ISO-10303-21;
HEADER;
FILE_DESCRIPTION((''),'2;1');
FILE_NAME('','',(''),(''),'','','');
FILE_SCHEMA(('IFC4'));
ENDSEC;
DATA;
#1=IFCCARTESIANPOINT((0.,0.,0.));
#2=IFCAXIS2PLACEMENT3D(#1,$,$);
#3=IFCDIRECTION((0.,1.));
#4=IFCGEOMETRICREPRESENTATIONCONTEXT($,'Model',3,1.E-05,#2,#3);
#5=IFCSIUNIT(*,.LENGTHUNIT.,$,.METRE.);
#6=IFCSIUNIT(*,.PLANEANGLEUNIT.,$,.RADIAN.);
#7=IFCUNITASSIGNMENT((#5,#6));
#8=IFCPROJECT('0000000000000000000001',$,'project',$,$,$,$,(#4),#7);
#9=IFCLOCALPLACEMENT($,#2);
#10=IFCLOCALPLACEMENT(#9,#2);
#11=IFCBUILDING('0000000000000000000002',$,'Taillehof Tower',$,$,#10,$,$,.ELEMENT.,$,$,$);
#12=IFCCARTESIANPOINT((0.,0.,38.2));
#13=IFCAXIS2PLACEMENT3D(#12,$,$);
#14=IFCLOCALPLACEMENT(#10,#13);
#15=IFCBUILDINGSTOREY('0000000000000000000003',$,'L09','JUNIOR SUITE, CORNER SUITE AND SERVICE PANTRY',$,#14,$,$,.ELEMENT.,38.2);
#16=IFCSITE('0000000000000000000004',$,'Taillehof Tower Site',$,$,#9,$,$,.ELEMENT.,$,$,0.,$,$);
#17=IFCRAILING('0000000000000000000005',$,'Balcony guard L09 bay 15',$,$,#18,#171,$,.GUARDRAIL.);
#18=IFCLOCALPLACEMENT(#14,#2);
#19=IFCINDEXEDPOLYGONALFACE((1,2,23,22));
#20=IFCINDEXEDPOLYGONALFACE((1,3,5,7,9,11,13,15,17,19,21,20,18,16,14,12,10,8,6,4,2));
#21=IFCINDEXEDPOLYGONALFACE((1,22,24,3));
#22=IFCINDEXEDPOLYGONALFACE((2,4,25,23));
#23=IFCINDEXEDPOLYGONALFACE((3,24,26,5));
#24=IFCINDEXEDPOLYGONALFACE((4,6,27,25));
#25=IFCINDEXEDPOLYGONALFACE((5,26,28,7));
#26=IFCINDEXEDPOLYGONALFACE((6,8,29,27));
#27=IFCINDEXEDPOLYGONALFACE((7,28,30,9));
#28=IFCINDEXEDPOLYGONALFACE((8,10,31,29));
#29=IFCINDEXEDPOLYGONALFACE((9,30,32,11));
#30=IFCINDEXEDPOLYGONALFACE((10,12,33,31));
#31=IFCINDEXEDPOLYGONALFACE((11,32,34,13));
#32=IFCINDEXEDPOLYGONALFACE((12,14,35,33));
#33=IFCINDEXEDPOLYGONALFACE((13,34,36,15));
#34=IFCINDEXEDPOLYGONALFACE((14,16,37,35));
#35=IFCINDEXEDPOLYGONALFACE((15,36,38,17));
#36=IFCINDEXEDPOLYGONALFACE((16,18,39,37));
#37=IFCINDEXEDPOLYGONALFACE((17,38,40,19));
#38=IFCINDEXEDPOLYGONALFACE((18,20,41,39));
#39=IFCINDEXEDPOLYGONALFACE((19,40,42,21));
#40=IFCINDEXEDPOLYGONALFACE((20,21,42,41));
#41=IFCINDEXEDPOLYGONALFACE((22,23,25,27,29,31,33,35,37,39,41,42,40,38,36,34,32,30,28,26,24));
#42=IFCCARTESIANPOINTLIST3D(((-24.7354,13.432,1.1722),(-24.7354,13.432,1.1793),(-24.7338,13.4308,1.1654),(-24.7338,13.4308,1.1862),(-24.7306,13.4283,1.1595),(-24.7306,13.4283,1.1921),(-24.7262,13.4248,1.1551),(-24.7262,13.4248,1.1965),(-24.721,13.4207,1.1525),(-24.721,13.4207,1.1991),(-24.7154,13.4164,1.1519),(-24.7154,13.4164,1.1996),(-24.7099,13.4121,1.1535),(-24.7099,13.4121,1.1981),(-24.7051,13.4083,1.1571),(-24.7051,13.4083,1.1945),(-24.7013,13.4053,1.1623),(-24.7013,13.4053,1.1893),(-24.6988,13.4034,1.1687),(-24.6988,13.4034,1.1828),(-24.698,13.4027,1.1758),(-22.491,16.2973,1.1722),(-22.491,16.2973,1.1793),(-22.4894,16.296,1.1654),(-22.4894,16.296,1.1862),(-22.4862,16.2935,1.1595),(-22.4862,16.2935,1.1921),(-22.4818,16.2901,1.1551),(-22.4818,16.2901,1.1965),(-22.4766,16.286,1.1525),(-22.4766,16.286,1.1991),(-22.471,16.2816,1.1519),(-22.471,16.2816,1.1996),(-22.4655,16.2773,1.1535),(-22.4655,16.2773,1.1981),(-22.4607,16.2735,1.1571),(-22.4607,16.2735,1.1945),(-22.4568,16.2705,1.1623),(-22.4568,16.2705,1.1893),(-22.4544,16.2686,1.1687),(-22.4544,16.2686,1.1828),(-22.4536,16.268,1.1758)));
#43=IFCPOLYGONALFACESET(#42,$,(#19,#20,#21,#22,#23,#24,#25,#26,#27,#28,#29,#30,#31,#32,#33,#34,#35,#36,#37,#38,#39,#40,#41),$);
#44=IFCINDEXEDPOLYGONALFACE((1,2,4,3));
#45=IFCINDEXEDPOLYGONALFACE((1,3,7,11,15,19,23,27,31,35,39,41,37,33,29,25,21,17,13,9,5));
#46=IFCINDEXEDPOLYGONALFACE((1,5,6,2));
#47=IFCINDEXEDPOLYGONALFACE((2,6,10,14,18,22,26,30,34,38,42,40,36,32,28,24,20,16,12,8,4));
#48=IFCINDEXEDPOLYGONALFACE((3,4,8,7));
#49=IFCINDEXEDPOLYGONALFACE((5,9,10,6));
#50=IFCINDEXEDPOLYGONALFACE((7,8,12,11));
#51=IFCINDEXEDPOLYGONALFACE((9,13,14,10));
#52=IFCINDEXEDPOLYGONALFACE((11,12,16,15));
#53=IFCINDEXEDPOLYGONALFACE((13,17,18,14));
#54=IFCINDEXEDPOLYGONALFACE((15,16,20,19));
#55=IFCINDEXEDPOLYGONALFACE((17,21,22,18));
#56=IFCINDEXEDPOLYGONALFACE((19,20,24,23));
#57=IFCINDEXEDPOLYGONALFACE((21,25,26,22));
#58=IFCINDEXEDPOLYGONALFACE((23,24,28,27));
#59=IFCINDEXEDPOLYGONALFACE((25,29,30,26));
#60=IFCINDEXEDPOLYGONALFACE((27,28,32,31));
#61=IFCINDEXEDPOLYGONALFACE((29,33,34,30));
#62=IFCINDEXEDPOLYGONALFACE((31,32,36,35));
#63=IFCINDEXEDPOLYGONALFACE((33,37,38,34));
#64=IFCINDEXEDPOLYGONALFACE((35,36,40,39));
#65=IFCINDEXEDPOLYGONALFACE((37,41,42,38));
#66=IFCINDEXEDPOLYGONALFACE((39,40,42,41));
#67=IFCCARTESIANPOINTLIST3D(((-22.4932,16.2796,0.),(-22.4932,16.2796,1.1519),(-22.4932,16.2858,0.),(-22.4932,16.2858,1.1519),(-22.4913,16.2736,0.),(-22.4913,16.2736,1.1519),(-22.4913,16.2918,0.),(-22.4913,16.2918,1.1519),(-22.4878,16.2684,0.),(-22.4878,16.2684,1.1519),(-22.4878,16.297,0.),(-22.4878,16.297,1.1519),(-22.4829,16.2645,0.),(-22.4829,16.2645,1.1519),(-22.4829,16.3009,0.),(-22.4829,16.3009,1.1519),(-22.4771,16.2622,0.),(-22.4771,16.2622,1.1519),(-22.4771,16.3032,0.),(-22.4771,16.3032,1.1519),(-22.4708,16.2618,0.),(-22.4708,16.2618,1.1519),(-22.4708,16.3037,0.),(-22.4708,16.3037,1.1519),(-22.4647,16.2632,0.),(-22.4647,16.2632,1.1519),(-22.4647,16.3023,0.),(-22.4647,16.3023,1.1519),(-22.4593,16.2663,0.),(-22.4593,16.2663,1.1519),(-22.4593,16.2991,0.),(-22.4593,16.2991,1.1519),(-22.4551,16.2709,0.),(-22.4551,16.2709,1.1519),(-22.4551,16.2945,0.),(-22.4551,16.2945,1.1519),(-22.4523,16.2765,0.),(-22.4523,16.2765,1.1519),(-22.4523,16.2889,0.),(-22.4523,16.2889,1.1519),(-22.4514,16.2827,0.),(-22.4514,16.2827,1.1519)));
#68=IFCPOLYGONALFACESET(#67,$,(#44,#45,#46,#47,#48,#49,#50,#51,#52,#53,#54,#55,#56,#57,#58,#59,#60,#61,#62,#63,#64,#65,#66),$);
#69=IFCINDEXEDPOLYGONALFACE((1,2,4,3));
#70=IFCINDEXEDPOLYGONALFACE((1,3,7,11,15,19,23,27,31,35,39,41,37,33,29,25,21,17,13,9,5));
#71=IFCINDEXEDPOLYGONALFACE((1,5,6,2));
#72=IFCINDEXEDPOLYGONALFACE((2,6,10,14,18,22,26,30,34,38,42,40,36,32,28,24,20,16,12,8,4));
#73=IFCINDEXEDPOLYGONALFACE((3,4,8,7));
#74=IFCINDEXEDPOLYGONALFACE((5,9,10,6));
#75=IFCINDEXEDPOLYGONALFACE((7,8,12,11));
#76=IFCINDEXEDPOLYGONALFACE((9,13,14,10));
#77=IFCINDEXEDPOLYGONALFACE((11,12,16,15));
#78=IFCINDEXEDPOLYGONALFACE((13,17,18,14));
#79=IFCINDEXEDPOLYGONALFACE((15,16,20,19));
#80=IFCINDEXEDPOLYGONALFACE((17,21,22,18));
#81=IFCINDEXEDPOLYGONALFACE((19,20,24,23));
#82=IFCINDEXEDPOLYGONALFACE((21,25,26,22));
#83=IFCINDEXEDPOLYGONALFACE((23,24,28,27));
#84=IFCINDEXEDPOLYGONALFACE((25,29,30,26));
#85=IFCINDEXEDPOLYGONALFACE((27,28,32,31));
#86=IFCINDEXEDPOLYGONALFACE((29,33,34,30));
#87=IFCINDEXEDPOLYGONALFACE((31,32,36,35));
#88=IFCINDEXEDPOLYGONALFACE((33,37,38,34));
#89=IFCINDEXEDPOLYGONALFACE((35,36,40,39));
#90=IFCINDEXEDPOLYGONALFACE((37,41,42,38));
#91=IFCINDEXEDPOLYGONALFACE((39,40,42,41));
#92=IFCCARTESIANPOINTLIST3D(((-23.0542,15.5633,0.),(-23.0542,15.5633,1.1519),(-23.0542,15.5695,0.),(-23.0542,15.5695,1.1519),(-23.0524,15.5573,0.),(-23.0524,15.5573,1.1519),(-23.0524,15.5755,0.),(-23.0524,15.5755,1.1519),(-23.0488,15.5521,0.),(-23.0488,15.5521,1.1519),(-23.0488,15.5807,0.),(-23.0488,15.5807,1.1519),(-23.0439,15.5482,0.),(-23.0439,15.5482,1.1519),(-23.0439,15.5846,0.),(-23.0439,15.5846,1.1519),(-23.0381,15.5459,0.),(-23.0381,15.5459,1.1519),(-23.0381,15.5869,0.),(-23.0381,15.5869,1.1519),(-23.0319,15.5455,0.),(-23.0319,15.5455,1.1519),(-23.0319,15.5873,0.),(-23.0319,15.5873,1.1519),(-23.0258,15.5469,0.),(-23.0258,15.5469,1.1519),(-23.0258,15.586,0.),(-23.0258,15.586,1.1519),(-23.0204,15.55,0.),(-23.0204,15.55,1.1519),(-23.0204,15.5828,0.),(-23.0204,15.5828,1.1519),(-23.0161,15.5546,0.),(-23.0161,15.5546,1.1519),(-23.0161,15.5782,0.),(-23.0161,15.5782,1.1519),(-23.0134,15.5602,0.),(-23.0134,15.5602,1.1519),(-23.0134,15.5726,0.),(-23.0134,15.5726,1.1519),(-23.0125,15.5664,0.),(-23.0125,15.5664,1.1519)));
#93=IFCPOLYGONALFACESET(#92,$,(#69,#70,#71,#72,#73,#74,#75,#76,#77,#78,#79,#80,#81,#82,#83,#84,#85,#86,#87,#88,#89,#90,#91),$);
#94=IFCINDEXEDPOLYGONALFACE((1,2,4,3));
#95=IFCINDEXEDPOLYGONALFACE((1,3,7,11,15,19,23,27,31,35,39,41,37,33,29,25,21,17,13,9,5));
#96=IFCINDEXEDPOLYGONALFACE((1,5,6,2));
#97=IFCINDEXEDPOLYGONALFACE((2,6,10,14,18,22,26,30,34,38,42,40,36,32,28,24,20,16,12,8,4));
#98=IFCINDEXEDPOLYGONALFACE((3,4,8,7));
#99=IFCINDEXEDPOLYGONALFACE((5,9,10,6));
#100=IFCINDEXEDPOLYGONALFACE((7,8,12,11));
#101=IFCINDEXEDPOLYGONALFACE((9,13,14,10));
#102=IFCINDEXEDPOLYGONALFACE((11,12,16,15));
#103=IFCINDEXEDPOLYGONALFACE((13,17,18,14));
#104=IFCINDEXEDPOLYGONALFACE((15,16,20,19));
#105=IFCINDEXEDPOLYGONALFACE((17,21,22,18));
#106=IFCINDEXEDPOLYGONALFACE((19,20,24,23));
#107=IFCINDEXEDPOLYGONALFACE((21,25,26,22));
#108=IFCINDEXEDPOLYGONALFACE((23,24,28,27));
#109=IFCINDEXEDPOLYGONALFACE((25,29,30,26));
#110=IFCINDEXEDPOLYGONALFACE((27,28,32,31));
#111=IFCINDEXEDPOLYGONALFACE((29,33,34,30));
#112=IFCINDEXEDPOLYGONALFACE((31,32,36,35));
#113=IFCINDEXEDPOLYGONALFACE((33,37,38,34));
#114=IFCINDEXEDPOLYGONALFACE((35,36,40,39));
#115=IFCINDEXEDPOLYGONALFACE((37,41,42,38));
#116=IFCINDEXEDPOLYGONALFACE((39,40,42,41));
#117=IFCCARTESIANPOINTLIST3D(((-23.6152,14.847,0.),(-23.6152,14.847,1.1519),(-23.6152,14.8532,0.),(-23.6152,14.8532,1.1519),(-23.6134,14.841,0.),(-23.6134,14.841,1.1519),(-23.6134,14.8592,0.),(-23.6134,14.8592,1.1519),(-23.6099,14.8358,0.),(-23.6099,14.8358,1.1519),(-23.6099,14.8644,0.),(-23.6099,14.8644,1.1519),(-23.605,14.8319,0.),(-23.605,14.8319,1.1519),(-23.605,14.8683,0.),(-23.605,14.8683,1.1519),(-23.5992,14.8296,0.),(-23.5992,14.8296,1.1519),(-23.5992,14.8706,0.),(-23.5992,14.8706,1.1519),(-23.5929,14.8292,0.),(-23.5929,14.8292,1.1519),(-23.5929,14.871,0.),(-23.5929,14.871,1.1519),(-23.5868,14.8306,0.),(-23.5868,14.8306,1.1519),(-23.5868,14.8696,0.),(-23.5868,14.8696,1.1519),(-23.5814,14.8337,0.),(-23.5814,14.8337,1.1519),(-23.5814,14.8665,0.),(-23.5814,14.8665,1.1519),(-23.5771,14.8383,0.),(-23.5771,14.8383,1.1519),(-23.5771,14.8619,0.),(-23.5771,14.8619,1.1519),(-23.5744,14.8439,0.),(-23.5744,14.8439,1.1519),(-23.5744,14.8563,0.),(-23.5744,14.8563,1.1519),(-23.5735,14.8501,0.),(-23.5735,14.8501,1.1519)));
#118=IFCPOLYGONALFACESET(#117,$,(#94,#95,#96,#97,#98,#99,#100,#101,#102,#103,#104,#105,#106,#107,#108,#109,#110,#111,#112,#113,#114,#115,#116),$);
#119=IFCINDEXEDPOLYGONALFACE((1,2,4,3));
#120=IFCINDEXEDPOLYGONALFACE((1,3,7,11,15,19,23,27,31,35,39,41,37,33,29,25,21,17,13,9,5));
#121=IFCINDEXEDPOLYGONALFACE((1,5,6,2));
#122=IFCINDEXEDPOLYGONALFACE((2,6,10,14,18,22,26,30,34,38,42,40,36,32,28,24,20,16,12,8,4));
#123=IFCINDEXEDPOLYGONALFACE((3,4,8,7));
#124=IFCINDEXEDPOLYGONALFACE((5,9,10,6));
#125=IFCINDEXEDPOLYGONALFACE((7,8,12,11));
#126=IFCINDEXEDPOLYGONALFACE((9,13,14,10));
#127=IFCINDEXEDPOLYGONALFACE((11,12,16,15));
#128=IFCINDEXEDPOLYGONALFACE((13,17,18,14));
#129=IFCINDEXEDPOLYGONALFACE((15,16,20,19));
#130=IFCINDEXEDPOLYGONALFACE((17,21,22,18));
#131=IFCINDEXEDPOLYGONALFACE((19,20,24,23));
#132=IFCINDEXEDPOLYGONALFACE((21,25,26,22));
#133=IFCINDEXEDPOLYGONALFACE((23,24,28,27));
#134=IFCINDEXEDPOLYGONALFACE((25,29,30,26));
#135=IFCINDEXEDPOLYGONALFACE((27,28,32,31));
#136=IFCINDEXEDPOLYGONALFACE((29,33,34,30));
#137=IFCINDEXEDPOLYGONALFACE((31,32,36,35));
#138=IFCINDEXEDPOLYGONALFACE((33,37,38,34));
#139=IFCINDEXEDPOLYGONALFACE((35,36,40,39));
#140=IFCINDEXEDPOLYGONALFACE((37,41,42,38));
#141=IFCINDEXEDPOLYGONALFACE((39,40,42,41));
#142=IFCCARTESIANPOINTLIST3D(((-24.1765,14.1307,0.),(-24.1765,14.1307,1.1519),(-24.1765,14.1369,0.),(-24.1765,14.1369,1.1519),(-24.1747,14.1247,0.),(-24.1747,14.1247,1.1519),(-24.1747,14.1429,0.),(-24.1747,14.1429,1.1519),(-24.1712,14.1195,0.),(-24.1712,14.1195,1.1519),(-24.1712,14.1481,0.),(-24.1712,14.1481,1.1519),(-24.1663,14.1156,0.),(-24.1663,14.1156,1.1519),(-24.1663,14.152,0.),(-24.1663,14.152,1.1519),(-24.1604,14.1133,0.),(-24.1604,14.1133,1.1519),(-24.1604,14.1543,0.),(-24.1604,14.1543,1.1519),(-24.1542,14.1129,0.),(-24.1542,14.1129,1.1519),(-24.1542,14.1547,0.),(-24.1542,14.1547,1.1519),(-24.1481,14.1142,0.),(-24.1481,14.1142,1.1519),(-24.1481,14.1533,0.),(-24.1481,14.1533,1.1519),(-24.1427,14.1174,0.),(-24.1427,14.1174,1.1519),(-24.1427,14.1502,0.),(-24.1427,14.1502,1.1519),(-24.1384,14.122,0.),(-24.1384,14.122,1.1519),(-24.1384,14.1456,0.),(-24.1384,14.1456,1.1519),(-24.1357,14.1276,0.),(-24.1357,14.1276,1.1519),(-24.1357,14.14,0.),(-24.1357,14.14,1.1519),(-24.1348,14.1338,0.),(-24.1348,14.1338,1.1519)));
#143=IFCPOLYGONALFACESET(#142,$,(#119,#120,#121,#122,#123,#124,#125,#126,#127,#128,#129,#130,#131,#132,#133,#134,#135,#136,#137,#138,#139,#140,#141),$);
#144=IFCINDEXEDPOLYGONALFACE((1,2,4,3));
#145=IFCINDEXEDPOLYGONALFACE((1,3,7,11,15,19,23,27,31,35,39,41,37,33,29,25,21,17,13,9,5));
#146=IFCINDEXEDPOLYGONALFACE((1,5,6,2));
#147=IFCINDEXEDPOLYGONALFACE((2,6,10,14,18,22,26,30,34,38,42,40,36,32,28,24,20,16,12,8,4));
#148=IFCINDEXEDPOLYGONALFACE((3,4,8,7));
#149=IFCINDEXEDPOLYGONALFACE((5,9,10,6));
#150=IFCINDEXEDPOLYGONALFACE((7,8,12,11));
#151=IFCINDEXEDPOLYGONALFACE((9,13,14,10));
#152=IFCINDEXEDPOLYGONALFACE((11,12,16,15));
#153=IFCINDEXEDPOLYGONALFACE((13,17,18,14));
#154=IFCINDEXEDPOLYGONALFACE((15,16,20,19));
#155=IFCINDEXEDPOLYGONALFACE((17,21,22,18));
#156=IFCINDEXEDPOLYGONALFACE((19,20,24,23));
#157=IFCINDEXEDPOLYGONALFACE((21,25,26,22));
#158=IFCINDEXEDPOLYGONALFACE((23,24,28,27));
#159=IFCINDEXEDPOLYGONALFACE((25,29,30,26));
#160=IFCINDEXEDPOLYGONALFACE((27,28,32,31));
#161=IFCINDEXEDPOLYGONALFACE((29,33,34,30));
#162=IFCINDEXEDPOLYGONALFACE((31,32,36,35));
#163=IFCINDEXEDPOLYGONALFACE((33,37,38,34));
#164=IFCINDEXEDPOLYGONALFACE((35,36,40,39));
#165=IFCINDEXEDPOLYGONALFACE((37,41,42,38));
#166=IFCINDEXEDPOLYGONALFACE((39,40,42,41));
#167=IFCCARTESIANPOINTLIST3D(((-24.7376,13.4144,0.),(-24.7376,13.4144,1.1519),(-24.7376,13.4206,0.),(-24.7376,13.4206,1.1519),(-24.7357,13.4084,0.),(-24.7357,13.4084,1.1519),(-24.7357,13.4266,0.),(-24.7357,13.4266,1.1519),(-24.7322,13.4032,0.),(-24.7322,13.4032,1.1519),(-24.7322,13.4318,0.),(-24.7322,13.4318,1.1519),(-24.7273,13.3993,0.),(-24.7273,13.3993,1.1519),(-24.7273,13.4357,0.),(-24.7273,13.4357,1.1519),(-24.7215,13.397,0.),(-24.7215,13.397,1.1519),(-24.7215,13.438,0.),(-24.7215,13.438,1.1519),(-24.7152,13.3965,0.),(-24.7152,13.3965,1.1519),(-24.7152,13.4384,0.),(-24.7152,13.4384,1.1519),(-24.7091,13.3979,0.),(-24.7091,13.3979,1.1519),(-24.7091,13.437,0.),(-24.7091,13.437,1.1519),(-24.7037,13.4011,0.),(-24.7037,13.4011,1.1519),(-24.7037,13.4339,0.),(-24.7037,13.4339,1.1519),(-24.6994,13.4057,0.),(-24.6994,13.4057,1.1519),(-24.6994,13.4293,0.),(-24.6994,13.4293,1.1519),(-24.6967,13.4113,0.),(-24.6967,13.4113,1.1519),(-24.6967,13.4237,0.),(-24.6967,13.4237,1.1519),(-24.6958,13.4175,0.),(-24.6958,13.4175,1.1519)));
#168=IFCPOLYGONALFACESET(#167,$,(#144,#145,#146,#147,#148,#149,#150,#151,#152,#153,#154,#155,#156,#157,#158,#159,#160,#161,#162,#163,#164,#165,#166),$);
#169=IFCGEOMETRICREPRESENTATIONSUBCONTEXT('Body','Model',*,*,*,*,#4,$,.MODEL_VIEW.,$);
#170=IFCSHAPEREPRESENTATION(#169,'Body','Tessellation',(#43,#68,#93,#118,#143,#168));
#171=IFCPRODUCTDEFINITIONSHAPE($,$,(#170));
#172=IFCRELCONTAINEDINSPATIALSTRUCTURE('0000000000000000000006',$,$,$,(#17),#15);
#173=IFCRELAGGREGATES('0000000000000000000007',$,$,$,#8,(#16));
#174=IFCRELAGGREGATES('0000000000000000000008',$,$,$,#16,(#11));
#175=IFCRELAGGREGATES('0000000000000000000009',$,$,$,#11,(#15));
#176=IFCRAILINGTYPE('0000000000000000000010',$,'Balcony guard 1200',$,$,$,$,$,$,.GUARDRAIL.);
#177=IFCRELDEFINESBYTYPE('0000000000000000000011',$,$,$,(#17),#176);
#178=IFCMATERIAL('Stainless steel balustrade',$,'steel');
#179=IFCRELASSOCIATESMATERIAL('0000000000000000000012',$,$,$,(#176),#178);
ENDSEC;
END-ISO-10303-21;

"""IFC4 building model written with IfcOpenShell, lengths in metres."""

from ifc_helpers import new_model, si_unit, direction, frame, origin, origin_2d, place, context, subcontext, project, spatial, circle, extrude, material, type_object, element, save


model = new_model("IFC4")

# Units and contexts
model_context = context("Model", 3, precision=1e-05, world=origin(), true_north=direction((0.0, 1.0)))
body_context = subcontext(model_context, "Body", "Model", "MODEL_VIEW")
ifc_project = project(units=[si_unit("LENGTHUNIT", "METRE"), si_unit("PLANEANGLEUNIT", "RADIAN")], contexts=[model_context])

# Site, building, storey
site_placement = place(None, origin())
site = spatial("IfcSite", under=ifc_project, at=site_placement, Name="Taillehof Tower Site", CompositionType="ELEMENT", RefElevation=0.0)
building_placement = place(site_placement, origin())
building = spatial("IfcBuilding", under=site, at=building_placement, Name="Taillehof Tower", CompositionType="ELEMENT")
storey_placement = place(building_placement, frame((0.0, 0.0, 38.2)))
storey = spatial("IfcBuildingStorey", under=building, at=storey_placement, Name="L09", Description="JUNIOR SUITE, CORNER SUITE AND SERVICE PANTRY", CompositionType="ELEMENT", Elevation=38.2)

# Railing
ifc_material_1 = material(Name="Stainless steel balustrade", Category="steel")
railing_type = type_object("IfcRailingType", Name="Balcony guard 1200", PredefinedType="GUARDRAIL", material=ifc_material_1)
railing_1_placement = place(storey_placement, frame((-22.4724, 16.2827, 0.0)))
element("IfcRailing", 1, at=railing_1_placement, inside=storey, type_object=railing_type, Name="Balcony guard L09 bay 15", PredefinedType="GUARDRAIL", context=body_context, shape_type="SweptSolid", body=[
    extrude(circle(Radius=0.0239, at=origin_2d()), frame((0.0, 0.0, 1.1758), z_axis=(-0.616654, -0.787235, 0.0), x_axis=(0.787235, -0.616654, 0.0)), (0.0, 0.0, 1.0), 3.6396),
    extrude(circle(Radius=0.021, at=origin_2d()), origin(), (0.0, 0.0, 1.0), 1.1519),
    extrude(circle(Radius=0.021, at=origin_2d()), frame((-0.561, -0.7163, 0.0)), (0.0, 0.0, 1.0), 1.1519),
    extrude(circle(Radius=0.021, at=origin_2d()), frame((-1.1221, -1.4326, 0.0)), (0.0, 0.0, 1.0), 1.1519),
    extrude(circle(Radius=0.021, at=origin_2d()), frame((-1.6833, -2.1489, 0.0)), (0.0, 0.0, 1.0), 1.1519),
    extrude(circle(Radius=0.021, at=origin_2d()), frame((-2.2444, -2.8652, 0.0)), (0.0, 0.0, 1.0), 1.1519),
])

save(model, "model.ifc")
